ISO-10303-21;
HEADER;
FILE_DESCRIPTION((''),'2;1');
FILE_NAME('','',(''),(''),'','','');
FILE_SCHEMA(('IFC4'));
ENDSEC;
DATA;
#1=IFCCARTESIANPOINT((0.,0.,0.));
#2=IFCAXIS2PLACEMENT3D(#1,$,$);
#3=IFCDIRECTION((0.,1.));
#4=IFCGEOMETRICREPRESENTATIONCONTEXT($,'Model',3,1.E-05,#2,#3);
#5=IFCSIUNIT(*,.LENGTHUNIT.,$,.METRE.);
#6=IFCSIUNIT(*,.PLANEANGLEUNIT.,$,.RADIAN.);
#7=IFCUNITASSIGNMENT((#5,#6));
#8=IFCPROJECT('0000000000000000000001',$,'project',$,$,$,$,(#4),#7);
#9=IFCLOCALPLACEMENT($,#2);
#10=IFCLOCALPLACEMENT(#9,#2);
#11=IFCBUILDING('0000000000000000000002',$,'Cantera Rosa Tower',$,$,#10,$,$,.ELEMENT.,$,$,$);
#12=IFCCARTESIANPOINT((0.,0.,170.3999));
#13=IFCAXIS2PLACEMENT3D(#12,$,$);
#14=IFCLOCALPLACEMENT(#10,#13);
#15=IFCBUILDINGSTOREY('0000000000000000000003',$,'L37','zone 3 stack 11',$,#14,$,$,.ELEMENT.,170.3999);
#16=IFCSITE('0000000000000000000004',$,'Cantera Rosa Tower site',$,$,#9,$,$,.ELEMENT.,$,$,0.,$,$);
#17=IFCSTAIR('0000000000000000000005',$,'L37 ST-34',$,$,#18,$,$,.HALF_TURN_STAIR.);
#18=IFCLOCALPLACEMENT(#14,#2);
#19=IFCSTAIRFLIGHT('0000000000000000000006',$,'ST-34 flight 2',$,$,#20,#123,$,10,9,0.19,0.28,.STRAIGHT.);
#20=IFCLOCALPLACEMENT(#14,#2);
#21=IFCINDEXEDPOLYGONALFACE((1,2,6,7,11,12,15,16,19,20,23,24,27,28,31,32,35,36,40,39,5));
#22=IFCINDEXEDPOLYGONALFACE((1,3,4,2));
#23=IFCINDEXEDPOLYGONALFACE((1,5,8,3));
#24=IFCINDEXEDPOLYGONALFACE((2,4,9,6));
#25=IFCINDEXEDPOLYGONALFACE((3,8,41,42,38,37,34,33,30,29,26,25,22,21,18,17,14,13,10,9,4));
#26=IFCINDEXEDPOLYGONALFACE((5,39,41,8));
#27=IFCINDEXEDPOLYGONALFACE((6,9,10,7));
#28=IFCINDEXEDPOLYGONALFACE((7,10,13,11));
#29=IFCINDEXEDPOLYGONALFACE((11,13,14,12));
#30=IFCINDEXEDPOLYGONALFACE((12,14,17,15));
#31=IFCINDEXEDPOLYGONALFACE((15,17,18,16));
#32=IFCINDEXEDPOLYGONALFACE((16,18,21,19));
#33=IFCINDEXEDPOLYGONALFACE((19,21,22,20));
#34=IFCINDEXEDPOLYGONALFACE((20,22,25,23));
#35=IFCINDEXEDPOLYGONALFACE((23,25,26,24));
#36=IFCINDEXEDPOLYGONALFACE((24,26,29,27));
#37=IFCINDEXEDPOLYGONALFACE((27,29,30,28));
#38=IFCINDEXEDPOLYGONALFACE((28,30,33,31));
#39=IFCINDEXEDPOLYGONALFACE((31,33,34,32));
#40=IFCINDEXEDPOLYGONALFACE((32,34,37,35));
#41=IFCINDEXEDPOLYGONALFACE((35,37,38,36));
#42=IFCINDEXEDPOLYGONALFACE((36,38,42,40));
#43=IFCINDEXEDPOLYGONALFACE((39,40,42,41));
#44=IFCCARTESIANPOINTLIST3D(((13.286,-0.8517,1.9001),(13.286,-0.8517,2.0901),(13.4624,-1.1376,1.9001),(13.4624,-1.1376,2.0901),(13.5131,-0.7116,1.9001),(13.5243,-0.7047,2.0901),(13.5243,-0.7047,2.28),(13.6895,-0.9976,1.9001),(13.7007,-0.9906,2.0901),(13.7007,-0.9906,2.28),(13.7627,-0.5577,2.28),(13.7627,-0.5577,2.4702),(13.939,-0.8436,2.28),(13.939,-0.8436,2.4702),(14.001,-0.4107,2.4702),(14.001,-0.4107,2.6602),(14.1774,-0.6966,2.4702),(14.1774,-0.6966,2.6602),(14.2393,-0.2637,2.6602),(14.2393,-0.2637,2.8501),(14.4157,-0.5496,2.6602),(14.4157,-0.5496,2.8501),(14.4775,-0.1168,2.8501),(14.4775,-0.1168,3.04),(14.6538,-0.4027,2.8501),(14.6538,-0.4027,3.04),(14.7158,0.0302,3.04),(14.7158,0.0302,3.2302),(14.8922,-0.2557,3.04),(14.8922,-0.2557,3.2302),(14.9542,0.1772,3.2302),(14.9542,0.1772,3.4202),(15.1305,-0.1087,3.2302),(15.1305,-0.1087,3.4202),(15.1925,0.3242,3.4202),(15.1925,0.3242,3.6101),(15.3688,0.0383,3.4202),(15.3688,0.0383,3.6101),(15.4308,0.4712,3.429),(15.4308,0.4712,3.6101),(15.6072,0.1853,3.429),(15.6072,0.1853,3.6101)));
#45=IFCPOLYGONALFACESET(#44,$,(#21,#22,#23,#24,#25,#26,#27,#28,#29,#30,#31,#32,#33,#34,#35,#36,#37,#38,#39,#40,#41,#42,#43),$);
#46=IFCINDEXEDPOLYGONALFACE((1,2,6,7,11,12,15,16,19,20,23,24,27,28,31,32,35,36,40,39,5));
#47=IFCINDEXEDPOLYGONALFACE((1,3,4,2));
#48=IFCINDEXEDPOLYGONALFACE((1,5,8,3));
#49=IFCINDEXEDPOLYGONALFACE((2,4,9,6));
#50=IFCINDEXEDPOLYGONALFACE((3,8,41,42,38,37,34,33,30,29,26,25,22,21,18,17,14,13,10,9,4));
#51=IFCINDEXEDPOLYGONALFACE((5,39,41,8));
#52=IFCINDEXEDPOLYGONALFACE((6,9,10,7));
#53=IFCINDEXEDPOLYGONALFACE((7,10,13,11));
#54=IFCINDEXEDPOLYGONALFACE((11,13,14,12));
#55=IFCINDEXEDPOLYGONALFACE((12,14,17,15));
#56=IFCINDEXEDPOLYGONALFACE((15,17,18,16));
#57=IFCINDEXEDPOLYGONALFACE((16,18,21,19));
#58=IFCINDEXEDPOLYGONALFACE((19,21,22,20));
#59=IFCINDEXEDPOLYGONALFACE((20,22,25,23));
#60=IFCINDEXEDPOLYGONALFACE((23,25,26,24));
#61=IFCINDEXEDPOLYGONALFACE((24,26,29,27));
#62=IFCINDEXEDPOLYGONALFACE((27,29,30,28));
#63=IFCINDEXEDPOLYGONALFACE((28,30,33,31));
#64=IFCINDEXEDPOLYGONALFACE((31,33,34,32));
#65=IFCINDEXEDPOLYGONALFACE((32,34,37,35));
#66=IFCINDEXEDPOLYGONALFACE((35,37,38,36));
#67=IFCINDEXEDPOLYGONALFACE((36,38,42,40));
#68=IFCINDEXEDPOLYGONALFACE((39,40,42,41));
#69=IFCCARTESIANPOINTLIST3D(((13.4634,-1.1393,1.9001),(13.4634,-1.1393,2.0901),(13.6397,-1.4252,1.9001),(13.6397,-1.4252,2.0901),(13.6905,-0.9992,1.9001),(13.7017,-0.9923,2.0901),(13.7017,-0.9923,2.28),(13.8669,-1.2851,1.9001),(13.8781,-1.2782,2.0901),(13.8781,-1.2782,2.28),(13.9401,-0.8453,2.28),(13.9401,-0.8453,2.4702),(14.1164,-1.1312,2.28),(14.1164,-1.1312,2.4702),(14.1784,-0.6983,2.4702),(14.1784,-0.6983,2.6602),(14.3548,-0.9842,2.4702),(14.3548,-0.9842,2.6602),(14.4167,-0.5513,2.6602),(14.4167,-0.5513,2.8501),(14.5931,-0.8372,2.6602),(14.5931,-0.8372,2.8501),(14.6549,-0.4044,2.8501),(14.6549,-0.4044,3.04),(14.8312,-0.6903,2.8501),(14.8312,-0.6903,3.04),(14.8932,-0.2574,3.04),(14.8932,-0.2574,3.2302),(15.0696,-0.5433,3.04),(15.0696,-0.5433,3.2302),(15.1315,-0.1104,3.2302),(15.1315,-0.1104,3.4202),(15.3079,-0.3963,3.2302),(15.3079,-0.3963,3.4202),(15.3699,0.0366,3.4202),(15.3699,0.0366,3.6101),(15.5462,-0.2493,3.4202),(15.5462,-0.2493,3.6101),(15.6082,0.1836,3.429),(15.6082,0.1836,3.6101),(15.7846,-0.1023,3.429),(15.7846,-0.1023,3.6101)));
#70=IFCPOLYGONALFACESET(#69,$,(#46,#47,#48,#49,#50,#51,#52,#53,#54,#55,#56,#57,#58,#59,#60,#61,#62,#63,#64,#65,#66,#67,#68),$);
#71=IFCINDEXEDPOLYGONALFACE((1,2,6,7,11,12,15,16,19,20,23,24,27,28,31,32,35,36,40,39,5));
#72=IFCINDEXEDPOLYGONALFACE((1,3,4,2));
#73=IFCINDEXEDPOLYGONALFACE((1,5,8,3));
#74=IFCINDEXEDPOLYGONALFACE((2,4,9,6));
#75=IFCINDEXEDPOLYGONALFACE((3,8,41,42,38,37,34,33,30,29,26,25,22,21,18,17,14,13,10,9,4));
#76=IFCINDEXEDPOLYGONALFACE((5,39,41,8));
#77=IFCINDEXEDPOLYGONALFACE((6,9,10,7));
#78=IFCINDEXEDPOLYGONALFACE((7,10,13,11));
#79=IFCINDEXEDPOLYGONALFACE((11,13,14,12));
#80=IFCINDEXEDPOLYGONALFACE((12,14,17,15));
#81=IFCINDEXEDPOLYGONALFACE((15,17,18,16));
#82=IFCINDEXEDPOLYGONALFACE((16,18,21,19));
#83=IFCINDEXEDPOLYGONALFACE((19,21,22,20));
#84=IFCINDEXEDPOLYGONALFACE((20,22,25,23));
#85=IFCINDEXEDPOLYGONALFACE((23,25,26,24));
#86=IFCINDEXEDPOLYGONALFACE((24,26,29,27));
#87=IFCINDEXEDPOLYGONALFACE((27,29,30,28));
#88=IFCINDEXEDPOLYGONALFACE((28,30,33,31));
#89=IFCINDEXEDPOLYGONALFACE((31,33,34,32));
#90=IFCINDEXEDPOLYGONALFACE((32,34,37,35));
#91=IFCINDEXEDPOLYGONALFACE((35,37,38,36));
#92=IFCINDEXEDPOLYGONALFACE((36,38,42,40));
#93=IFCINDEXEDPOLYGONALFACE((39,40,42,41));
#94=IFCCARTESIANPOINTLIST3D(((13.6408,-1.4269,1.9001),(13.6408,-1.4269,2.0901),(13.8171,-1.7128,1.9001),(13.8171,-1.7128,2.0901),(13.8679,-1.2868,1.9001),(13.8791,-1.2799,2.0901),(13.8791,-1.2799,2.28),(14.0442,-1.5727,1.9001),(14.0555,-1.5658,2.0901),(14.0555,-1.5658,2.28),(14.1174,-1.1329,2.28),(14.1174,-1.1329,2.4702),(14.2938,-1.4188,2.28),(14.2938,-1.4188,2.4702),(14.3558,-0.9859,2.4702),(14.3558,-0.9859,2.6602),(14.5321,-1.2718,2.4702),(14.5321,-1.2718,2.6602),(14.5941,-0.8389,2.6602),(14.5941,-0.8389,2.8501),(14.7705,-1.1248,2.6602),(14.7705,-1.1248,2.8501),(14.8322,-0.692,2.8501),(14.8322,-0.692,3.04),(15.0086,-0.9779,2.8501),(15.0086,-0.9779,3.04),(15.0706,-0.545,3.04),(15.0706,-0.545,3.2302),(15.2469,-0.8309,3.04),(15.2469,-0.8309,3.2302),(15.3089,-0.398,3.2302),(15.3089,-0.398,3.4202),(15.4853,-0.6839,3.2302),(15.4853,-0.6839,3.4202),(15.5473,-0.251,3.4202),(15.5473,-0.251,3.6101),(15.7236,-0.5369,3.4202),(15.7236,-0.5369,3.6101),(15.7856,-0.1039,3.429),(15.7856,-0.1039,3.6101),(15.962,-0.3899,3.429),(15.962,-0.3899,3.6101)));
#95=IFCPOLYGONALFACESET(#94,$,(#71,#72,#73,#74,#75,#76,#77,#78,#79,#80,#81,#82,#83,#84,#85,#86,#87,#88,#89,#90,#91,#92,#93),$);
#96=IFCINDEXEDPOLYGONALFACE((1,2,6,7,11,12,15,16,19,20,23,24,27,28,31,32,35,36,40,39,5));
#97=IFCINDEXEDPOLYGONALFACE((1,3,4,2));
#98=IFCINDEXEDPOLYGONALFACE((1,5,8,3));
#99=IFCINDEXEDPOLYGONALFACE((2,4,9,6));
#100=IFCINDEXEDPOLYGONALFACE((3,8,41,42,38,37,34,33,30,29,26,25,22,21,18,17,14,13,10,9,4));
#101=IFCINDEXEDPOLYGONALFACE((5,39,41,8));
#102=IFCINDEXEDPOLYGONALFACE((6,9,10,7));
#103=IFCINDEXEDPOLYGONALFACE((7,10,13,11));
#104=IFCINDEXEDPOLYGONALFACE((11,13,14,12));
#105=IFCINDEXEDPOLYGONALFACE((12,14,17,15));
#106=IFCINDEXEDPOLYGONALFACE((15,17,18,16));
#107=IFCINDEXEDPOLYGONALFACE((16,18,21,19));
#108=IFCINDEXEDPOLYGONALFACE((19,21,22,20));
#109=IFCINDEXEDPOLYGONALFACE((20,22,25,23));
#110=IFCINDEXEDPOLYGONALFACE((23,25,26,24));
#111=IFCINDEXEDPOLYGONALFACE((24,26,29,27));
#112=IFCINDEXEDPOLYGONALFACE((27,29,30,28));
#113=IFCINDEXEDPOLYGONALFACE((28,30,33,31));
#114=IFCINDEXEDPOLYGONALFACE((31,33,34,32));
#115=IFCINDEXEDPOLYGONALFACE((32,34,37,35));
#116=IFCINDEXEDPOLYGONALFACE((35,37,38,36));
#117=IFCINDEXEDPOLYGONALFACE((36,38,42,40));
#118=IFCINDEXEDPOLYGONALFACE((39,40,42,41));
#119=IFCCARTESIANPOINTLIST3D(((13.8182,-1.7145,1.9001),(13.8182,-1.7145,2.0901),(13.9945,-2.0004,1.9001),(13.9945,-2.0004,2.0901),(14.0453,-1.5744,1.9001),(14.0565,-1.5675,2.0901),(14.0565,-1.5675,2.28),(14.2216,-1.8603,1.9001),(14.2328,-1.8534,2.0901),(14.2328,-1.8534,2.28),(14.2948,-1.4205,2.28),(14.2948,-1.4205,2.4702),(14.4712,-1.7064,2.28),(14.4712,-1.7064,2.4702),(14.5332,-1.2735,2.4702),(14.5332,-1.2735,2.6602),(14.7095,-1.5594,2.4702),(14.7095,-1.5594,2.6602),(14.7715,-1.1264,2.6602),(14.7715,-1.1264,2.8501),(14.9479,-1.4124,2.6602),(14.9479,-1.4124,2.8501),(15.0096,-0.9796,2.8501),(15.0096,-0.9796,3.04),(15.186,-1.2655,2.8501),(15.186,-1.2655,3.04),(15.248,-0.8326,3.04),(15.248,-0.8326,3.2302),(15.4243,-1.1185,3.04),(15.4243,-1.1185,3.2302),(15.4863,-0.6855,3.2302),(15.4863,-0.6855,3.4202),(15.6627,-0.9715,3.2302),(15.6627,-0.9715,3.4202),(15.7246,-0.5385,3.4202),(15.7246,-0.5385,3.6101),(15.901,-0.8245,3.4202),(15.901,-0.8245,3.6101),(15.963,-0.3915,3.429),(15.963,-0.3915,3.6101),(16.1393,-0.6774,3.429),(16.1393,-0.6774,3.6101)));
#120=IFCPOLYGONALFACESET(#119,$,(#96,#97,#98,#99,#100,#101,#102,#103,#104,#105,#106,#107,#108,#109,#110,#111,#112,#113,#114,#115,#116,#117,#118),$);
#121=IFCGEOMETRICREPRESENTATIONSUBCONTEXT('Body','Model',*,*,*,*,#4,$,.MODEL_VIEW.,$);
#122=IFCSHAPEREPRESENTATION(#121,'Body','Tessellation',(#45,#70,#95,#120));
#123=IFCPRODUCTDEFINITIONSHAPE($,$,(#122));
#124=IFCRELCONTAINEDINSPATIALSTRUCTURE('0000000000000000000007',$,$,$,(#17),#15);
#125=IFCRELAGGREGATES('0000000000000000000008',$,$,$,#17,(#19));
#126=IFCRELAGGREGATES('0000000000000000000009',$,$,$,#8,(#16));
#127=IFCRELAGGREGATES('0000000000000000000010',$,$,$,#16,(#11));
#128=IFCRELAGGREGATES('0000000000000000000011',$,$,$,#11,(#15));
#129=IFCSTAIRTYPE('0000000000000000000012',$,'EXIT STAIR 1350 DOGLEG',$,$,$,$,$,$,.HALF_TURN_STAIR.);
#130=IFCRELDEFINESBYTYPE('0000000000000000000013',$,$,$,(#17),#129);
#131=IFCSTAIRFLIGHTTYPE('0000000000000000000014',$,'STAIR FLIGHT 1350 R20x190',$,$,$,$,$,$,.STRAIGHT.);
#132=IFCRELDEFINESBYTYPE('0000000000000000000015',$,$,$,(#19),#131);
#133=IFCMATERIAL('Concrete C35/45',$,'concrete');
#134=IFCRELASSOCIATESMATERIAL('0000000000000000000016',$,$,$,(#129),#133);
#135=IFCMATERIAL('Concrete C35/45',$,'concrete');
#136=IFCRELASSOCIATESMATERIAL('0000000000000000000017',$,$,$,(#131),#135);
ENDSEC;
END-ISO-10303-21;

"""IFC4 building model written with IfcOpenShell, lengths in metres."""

from ifc_helpers import new_model, si_unit, direction, frame, origin, place, context, subcontext, project, spatial, polyline, outline, extrude, material, type_object, element, aggregate, save


model = new_model("IFC4")

# Units and contexts
model_context = context("Model", 3, precision=1e-05, world=origin(), true_north=direction((0.0, 1.0)))
body_context = subcontext(model_context, "Body", "Model", "MODEL_VIEW")
ifc_project = project(units=[si_unit("LENGTHUNIT", "METRE"), si_unit("PLANEANGLEUNIT", "RADIAN")], contexts=[model_context])

# Site, building, storey
site_placement = place(None, origin())
site = spatial("IfcSite", under=ifc_project, at=site_placement, Name="Cantera Rosa Tower site", CompositionType="ELEMENT", RefElevation=0.0)
building_placement = place(site_placement, origin())
building = spatial("IfcBuilding", under=site, at=building_placement, Name="Cantera Rosa Tower", CompositionType="ELEMENT")
storey_placement = place(building_placement, frame((0.0, 0.0, 170.3999)))
storey = spatial("IfcBuildingStorey", under=building, at=storey_placement, Name="L37", Description="zone 3 stack 11", CompositionType="ELEMENT", Elevation=170.3999)

# Stair
ifc_material_1 = material(Name="Concrete C35/45", Category="concrete")
stair_type = type_object("IfcStairType", Name="EXIT STAIR 1350 DOGLEG", PredefinedType="HALF_TURN_STAIR", material=ifc_material_1)
stair_1_placement = place(storey_placement, origin())
stair_1 = element("IfcStair", 1, at=stair_1_placement, inside=storey, type_object=stair_type, Name="L37 ST-34", PredefinedType="HALF_TURN_STAIR")

# Stair flight
ifc_material_2 = material(Name="Concrete C35/45", Category="concrete")
stair_flight_type = type_object("IfcStairFlightType", Name="STAIR FLIGHT 1350 R20x190", PredefinedType="STRAIGHT", material=ifc_material_2)
stair_flight_placement = place(storey_placement, frame((13.6404, -1.4263, 1.9001), z_axis=(0.0, 0.0, 1.0), x_axis=(0.851117, 0.524977, 0.0)))
stair_flight = element("IfcStairFlight", 2, at=stair_flight_placement, type_object=stair_flight_type, Name="ST-34 flight 2", NumberOfRisers=10, NumberOfTreads=9, PredefinedType="STRAIGHT", RiserHeight=0.19, TreadLength=0.28, context=body_context, shape_type="SweptSolid", body=[
    extrude(outline(polyline([(0.0, 0.0), (0.0, 0.1899), (0.28, 0.1899), (0.28, 0.3799), (0.5601, 0.3799), (0.5601, 0.5701), (0.8401, 0.5701), (0.8401, 0.76), (1.1201, 0.76), (1.1201, 0.95), (1.3999, 0.95), (1.3999, 1.1399), (1.6799, 1.1399), (1.6799, 1.3301), (1.96, 1.3301), (1.96, 1.52), (2.24, 1.52), (2.24, 1.71), (2.52, 1.71), (2.52, 1.8999), (2.52, 1.5288), (0.2668, 0.0), (0.0, 0.0)])), frame((0.0, 0.675, 0.0), z_axis=(0.0, -1.0, 0.0), x_axis=(1.0, 0.0, 0.0)), (0.0, 0.0, 1.0), 0.3359),
    extrude(outline(polyline([(0.0, 0.0), (0.0, 0.1899), (0.28, 0.1899), (0.28, 0.3799), (0.5601, 0.3799), (0.5601, 0.5701), (0.8401, 0.5701), (0.8401, 0.76), (1.1201, 0.76), (1.1201, 0.95), (1.3999, 0.95), (1.3999, 1.1399), (1.6799, 1.1399), (1.6799, 1.3301), (1.96, 1.3301), (1.96, 1.52), (2.24, 1.52), (2.24, 1.71), (2.52, 1.71), (2.52, 1.8999), (2.52, 1.5288), (0.2668, 0.0), (0.0, 0.0)])), frame((0.0, 0.3372, 0.0), z_axis=(0.0, -1.0, 0.0), x_axis=(1.0, 0.0, 0.0)), (0.0, 0.0, 1.0), 0.3359),
    extrude(outline(polyline([(0.0, 0.0), (0.0, 0.1899), (0.28, 0.1899), (0.28, 0.3799), (0.5601, 0.3799), (0.5601, 0.5701), (0.8401, 0.5701), (0.8401, 0.76), (1.1201, 0.76), (1.1201, 0.95), (1.3999, 0.95), (1.3999, 1.1399), (1.6799, 1.1399), (1.6799, 1.3301), (1.96, 1.3301), (1.96, 1.52), (2.24, 1.52), (2.24, 1.71), (2.52, 1.71), (2.52, 1.8999), (2.52, 1.5288), (0.2668, 0.0), (0.0, 0.0)])), frame((0.0, -0.0007, 0.0), z_axis=(0.0, -1.0, 0.0), x_axis=(1.0, 0.0, 0.0)), (0.0, 0.0, 1.0), 0.3359),
    extrude(outline(polyline([(0.0, 0.0), (0.0, 0.1899), (0.28, 0.1899), (0.28, 0.3799), (0.5601, 0.3799), (0.5601, 0.5701), (0.8401, 0.5701), (0.8401, 0.76), (1.1201, 0.76), (1.1201, 0.95), (1.3999, 0.95), (1.3999, 1.1399), (1.6799, 1.1399), (1.6799, 1.3301), (1.96, 1.3301), (1.96, 1.52), (2.24, 1.52), (2.24, 1.71), (2.52, 1.71), (2.52, 1.8999), (2.52, 1.5288), (0.2668, 0.0), (0.0, 0.0)])), frame((0.0, -0.3386, 0.0), z_axis=(0.0, -1.0, 0.0), x_axis=(1.0, 0.0, 0.0)), (0.0, 0.0, 1.0), 0.3359),
])
aggregate(stair_1, [stair_flight])

save(model, "model.ifc")
